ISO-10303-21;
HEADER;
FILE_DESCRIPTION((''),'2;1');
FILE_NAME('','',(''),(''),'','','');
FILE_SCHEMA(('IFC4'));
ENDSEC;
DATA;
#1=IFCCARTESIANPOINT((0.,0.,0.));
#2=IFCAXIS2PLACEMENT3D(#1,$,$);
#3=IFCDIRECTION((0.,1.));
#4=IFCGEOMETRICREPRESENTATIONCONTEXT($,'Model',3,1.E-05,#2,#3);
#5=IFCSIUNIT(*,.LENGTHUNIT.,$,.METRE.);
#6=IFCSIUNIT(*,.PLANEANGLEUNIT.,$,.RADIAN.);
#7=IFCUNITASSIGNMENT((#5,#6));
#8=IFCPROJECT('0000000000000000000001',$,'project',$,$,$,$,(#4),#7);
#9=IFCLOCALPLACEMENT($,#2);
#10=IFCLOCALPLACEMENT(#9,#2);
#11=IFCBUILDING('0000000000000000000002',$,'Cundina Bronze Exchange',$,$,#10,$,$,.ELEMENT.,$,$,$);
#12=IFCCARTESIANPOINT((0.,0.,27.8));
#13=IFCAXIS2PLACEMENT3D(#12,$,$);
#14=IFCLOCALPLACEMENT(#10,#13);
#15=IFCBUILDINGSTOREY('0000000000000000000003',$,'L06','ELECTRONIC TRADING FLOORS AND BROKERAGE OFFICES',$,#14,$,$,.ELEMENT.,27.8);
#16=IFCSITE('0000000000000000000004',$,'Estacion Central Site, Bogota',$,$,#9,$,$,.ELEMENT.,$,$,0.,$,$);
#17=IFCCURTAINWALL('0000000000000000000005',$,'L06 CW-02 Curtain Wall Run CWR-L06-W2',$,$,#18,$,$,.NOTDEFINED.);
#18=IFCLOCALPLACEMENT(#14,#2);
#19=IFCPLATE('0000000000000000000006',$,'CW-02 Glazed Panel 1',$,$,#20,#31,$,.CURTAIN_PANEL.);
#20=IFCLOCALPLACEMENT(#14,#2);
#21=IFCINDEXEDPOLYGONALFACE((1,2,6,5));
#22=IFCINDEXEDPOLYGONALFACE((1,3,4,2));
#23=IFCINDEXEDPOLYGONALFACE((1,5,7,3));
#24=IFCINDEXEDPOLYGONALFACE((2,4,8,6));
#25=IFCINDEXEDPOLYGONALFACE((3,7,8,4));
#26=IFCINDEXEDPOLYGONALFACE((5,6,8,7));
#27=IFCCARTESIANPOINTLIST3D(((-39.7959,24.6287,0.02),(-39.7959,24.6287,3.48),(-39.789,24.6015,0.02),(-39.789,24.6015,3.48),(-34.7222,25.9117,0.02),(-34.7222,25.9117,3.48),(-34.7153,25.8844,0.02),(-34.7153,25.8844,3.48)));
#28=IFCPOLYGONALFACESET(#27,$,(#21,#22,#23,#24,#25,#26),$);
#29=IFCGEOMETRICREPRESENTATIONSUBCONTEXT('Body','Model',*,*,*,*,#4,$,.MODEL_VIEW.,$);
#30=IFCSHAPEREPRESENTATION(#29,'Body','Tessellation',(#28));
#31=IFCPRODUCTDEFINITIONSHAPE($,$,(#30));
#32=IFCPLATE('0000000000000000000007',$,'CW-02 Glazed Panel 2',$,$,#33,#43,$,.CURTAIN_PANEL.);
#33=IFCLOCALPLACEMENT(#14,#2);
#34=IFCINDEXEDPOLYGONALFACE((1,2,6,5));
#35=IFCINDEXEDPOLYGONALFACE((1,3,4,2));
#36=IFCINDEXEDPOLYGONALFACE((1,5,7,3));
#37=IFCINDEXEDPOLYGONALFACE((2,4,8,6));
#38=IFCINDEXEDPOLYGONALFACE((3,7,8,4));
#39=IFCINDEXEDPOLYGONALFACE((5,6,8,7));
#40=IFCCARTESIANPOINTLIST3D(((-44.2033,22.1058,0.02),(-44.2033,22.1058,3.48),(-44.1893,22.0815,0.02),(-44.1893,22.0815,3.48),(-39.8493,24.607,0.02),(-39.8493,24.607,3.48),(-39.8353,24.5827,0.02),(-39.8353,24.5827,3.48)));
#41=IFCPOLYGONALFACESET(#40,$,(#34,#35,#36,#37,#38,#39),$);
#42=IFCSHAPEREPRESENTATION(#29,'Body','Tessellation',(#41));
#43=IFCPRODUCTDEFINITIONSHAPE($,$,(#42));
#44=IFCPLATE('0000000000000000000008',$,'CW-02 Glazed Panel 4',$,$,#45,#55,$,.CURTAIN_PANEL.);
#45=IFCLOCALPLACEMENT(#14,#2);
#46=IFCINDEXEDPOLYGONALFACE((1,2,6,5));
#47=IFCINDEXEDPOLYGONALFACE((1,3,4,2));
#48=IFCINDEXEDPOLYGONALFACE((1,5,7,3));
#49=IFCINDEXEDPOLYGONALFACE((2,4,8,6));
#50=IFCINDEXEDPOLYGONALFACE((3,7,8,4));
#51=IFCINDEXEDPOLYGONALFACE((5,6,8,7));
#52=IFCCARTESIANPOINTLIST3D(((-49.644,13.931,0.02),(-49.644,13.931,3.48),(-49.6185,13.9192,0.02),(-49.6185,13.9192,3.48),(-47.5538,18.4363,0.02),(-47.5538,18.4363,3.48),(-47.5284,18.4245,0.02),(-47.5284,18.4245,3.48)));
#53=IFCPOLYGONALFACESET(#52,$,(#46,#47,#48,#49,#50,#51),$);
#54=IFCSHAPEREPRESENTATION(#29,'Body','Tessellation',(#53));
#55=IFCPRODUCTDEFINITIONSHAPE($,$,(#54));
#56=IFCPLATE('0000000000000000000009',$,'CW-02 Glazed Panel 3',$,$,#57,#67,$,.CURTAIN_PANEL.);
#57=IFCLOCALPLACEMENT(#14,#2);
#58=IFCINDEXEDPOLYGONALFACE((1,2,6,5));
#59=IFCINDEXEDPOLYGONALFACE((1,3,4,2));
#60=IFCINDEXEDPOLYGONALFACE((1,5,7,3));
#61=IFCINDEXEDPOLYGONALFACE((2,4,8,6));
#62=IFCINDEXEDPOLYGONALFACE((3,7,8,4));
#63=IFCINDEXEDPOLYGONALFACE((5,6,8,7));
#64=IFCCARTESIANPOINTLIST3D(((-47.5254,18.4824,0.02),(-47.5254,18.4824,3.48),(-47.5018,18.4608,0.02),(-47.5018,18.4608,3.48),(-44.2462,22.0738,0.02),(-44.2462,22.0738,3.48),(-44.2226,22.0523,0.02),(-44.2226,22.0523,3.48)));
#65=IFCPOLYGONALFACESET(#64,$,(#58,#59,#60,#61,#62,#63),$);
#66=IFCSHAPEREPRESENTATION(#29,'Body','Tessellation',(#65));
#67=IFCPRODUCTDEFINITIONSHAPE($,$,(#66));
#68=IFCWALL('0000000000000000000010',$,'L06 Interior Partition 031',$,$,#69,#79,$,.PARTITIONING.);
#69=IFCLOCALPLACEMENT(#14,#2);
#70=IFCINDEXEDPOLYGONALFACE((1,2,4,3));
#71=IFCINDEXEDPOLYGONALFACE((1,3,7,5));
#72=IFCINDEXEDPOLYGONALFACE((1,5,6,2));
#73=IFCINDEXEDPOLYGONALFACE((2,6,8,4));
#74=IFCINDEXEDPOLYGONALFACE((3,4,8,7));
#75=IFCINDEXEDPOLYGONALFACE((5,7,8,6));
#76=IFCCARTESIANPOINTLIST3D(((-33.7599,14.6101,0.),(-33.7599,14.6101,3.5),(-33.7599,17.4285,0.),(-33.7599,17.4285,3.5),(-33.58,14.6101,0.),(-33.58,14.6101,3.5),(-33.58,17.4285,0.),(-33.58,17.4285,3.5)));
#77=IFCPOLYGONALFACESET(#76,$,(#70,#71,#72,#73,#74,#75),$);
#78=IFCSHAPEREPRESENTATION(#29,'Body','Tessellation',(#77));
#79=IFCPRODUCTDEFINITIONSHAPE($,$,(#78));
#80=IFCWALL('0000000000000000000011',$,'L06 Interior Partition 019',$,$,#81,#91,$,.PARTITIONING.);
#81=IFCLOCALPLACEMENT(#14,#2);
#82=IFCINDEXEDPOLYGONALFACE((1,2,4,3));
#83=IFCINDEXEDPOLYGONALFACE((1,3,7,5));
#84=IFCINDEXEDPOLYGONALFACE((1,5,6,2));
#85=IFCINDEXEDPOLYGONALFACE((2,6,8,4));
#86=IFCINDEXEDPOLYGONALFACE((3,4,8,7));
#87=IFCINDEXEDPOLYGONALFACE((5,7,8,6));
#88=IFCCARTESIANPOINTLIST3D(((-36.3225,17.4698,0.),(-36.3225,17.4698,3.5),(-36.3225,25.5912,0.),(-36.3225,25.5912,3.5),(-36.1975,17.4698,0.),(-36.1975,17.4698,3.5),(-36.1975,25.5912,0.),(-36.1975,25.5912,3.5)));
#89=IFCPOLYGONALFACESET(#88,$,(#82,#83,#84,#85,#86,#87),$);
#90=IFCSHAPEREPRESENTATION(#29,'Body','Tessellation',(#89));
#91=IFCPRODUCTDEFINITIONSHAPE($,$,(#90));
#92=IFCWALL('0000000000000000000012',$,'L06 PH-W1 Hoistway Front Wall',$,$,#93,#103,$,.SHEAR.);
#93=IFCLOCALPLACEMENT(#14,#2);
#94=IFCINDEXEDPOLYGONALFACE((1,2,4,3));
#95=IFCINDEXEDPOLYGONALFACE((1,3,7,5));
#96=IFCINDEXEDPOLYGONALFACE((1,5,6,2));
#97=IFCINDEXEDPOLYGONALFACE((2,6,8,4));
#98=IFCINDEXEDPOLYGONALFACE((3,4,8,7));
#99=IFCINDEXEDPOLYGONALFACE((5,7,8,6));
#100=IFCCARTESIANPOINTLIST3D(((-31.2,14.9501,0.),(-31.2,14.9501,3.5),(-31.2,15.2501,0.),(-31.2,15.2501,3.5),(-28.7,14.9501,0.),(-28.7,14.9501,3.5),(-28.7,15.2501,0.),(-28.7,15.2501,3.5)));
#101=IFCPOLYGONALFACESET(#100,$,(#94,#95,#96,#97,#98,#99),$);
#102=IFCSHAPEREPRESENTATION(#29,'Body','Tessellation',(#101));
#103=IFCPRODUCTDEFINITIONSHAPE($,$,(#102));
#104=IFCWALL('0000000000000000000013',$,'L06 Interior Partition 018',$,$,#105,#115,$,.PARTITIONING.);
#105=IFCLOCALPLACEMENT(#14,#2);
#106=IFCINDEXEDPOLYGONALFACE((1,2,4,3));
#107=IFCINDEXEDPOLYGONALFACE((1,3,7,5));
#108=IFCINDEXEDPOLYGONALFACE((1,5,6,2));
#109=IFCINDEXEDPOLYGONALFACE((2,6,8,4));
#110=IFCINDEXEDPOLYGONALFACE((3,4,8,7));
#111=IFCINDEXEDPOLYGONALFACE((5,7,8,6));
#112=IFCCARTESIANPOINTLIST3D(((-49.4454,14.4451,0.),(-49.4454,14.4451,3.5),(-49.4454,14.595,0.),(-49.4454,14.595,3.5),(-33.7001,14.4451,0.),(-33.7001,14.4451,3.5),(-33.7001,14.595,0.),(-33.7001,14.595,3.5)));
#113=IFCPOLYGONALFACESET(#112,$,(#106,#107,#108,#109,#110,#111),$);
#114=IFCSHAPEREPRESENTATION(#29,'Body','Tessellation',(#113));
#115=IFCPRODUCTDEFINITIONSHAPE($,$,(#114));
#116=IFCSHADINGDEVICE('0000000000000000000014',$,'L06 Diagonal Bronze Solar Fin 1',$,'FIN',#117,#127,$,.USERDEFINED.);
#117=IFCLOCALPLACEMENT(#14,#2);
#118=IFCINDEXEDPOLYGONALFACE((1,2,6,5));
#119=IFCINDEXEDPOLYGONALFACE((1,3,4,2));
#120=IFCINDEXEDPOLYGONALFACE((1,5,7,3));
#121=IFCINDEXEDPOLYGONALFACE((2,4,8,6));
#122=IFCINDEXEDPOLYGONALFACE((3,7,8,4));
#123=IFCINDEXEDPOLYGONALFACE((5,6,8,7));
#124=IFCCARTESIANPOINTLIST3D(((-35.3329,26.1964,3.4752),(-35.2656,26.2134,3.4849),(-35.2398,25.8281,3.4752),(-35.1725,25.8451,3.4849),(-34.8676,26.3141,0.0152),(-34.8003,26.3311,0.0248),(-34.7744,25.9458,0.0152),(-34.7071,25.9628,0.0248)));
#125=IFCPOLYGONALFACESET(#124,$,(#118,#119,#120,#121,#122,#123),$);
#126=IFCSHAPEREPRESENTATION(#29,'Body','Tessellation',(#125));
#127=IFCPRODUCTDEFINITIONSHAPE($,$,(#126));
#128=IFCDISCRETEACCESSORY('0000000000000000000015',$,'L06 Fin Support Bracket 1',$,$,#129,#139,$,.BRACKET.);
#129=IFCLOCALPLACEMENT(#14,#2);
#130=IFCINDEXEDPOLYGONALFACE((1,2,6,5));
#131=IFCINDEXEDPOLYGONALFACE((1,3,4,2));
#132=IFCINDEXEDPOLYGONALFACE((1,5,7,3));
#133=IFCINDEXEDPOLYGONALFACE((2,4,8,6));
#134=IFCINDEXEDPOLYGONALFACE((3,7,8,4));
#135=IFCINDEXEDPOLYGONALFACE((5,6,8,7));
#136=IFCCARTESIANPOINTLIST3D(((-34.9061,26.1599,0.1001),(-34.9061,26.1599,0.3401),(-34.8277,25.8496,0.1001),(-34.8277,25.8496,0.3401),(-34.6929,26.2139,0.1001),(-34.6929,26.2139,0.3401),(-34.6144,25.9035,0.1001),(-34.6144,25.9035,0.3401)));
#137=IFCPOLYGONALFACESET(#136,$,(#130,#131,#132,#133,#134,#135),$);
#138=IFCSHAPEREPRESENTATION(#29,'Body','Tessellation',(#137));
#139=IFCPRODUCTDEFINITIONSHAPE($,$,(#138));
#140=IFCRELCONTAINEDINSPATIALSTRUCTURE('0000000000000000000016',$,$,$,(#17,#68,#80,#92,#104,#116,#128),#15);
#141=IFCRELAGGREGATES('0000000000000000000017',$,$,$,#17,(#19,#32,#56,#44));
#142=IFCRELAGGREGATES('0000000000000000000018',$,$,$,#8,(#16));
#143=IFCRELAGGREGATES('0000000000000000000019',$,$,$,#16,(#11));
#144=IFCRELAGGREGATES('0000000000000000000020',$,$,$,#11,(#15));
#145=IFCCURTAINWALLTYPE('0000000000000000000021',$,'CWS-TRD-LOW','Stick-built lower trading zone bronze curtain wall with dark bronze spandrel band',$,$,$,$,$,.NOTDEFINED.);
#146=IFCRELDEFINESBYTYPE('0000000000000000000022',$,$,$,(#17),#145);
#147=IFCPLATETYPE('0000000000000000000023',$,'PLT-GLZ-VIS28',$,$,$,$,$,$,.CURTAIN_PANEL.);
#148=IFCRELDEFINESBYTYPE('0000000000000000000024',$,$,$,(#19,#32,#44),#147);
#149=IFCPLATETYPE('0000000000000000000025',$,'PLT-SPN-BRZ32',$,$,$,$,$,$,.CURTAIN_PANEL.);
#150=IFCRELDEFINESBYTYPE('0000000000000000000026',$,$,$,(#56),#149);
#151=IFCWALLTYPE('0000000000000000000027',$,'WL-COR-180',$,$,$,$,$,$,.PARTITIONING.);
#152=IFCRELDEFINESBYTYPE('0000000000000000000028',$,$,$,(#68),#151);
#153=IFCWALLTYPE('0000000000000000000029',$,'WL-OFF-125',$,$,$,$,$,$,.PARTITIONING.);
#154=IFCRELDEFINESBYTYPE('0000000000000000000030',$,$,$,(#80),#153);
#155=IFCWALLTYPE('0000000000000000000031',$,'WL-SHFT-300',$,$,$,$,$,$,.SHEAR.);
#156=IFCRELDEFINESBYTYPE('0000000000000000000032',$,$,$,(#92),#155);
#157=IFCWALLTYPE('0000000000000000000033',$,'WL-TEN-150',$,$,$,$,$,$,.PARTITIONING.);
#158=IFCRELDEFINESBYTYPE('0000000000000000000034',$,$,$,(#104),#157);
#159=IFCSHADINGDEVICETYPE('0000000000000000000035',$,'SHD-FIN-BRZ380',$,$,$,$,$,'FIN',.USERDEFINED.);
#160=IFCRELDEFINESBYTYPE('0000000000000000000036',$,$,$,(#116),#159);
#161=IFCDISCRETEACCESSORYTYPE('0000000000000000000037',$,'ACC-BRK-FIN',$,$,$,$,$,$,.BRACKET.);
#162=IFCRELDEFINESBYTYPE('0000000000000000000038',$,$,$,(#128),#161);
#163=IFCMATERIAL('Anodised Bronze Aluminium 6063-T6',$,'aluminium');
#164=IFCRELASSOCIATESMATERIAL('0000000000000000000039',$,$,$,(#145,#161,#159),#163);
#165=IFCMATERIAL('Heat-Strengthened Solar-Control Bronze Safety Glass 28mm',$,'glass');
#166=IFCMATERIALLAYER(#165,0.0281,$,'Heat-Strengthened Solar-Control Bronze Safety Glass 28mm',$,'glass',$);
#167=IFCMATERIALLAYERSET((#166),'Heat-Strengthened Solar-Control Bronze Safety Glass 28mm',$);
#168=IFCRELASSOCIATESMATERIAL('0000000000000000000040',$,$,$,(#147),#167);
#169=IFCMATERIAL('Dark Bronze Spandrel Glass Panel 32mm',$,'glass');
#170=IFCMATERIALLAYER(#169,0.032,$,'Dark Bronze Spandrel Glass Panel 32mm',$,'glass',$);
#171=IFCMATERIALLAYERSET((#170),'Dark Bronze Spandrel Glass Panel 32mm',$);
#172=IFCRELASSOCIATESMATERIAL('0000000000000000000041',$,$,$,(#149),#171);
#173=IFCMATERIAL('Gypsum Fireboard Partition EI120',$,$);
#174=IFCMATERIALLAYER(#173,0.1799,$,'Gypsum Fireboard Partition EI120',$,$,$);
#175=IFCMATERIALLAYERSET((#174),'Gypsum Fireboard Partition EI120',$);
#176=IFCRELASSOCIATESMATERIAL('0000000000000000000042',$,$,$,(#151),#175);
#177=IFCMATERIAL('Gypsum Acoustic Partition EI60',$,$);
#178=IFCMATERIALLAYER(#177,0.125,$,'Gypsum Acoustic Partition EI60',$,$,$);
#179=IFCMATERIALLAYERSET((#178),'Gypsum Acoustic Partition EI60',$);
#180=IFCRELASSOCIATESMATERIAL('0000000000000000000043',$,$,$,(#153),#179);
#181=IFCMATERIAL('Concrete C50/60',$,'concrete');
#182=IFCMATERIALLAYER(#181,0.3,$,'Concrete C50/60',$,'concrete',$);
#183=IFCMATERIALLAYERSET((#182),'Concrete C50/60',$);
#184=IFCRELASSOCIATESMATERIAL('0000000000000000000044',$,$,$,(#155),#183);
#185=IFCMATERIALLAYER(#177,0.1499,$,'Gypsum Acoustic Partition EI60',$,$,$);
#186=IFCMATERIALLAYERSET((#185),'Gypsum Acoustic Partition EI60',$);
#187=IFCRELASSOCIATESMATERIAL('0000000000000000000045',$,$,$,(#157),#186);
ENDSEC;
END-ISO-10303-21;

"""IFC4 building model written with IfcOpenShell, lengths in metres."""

from ifc_helpers import new_model, si_unit, direction, frame, frame_2d, origin, origin_2d, place, context, subcontext, project, spatial, rectangle, extrude, material, layer, layer_set, material_profile, profile_set, type_object, element, aggregate, save


model = new_model("IFC4")

# Units and contexts
model_context = context("Model", 3, precision=1e-05, world=origin(), true_north=direction((0.0, 1.0)))
body_context = subcontext(model_context, "Body", "Model", "MODEL_VIEW")
ifc_project = project(units=[si_unit("LENGTHUNIT", "METRE"), si_unit("PLANEANGLEUNIT", "RADIAN")], contexts=[model_context])

# Site, building, storey
site_placement = place(None, origin())
site = spatial("IfcSite", under=ifc_project, at=site_placement, Name="Estacion Central Site, Bogota", CompositionType="ELEMENT", RefElevation=0.0)
building_placement = place(site_placement, origin())
building = spatial("IfcBuilding", under=site, at=building_placement, Name="Cundina Bronze Exchange", CompositionType="ELEMENT")
storey_placement = place(building_placement, frame((0.0, 0.0, 27.8)))
storey = spatial("IfcBuildingStorey", under=building, at=storey_placement, Name="L06", Description="ELECTRONIC TRADING FLOORS AND BROKERAGE OFFICES", CompositionType="ELEMENT", Elevation=27.8)

# Curtain wall
ifc_material_1 = material(Name="Anodised Bronze Aluminium 6063-T6", Category="aluminium")
curtain_wall_type = type_object("IfcCurtainWallType", Name="CWS-TRD-LOW", Description="Stick-built lower trading zone bronze curtain wall with dark bronze spandrel band", PredefinedType="NOTDEFINED", material=ifc_material_1)
curtain_wall_1_placement = place(storey_placement, origin())
curtain_wall_1 = element("IfcCurtainWall", 1, at=curtain_wall_1_placement, inside=storey, type_object=curtain_wall_type, Name="L06 CW-02 Curtain Wall Run CWR-L06-W2", PredefinedType="NOTDEFINED")

# Plates
ifc_material_2 = material(Name="Heat-Strengthened Solar-Control Bronze Safety Glass 28mm", Category="glass")
ifc_layer_1 = layer(ifc_material_2, 0.0281, Name="Heat-Strengthened Solar-Control Bronze Safety Glass 28mm", Category="glass")
ifc_layer_set_1 = layer_set([ifc_layer_1], Name="Heat-Strengthened Solar-Control Bronze Safety Glass 28mm")
plate_type_1 = type_object("IfcPlateType", Name="PLT-GLZ-VIS28", PredefinedType="CURTAIN_PANEL", material=ifc_layer_set_1)
plate_1_placement = place(storey_placement, frame((-37.2556, 25.2566, 0.02), z_axis=(0.0, 0.0, 1.0), x_axis=(-0.969488, -0.245138, 0.0)))
plate_1 = element("IfcPlate", 2, at=plate_1_placement, type_object=plate_type_1, Name="CW-02 Glazed Panel 1", PredefinedType="CURTAIN_PANEL", context=body_context, shape_type="SweptSolid", body=[
    extrude(rectangle(XDim=5.2334, YDim=0.0281, at=origin_2d()), origin(), (0.0, 0.0, 1.0), 3.46),
])
plate_2_placement = place(storey_placement, frame((-42.0193, 23.3442, 0.02), z_axis=(0.0, 0.0, 1.0), x_axis=(-0.867105, -0.498125, 0.0)))
plate_2 = element("IfcPlate", 3, at=plate_2_placement, type_object=plate_type_1, Name="CW-02 Glazed Panel 2", PredefinedType="CURTAIN_PANEL", context=body_context, shape_type="SweptSolid", body=[
    extrude(rectangle(XDim=5.0212, YDim=0.0281, at=origin_2d()), origin(), (0.0, 0.0, 1.0), 3.46),
])
plate_3_placement = place(storey_placement, frame((-48.5862, 16.1777, 0.02), z_axis=(0.0, 0.0, 1.0), x_axis=(-0.420846, -0.907132, 0.0)))
plate_3 = element("IfcPlate", 4, at=plate_3_placement, type_object=plate_type_1, Name="CW-02 Glazed Panel 4", PredefinedType="CURTAIN_PANEL", context=body_context, shape_type="SweptSolid", body=[
    extrude(rectangle(XDim=4.9666, YDim=0.0281, at=origin_2d()), origin(), (0.0, 0.0, 1.0), 3.46),
])
ifc_material_3 = material(Name="Dark Bronze Spandrel Glass Panel 32mm", Category="glass")
ifc_layer_2 = layer(ifc_material_3, 0.032, Name="Dark Bronze Spandrel Glass Panel 32mm", Category="glass")
ifc_layer_set_2 = layer_set([ifc_layer_2], Name="Dark Bronze Spandrel Glass Panel 32mm")
plate_type_2 = type_object("IfcPlateType", Name="PLT-SPN-BRZ32", PredefinedType="CURTAIN_PANEL", material=ifc_layer_set_2)
plate_4_placement = place(storey_placement, frame((-45.874, 20.2673, 0.02), z_axis=(0.0, 0.0, 1.0), x_axis=(-0.674277, -0.738479, 0.0)))
plate_4 = element("IfcPlate", 5, at=plate_4_placement, type_object=plate_type_2, Name="CW-02 Glazed Panel 3", PredefinedType="CURTAIN_PANEL", context=body_context, shape_type="SweptSolid", body=[
    extrude(rectangle(XDim=4.8633, YDim=0.032, at=origin_2d()), origin(), (0.0, 0.0, 1.0), 3.46),
])
aggregate(curtain_wall_1, [plate_1, plate_2, plate_4, plate_3])

# Walls
ifc_material_4 = material(Name="Gypsum Fireboard Partition EI120")
ifc_layer_3 = layer(ifc_material_4, 0.1799, Name="Gypsum Fireboard Partition EI120")
ifc_layer_set_3 = layer_set([ifc_layer_3], Name="Gypsum Fireboard Partition EI120")
wall_type_1 = type_object("IfcWallType", Name="WL-COR-180", PredefinedType="PARTITIONING", material=ifc_layer_set_3)
wall_1_placement = place(storey_placement, frame((-33.6699, 17.4285, 0.0), z_axis=(0.0, 0.0, 1.0), x_axis=(0.0, -1.0, 0.0)))
element("IfcWall", 6, at=wall_1_placement, inside=storey, type_object=wall_type_1, Name="L06 Interior Partition 031", PredefinedType="PARTITIONING", context=body_context, shape_type="SweptSolid", body=[
    extrude(rectangle(XDim=2.8184, YDim=0.1799, at=frame_2d((1.4092, 0.0))), origin(), (0.0, 0.0, 1.0), 3.5),
])
ifc_material_5 = material(Name="Gypsum Acoustic Partition EI60")
ifc_layer_4 = layer(ifc_material_5, 0.125, Name="Gypsum Acoustic Partition EI60")
ifc_layer_set_4 = layer_set([ifc_layer_4], Name="Gypsum Acoustic Partition EI60")
wall_type_2 = type_object("IfcWallType", Name="WL-OFF-125", PredefinedType="PARTITIONING", material=ifc_layer_set_4)
wall_2_placement = place(storey_placement, frame((-36.26, 17.47, 0.0), z_axis=(0.0, 0.0, 1.0), x_axis=(0.0, 1.0, 0.0)))
element("IfcWall", 7, at=wall_2_placement, inside=storey, type_object=wall_type_2, Name="L06 Interior Partition 019", PredefinedType="PARTITIONING", context=body_context, shape_type="SweptSolid", body=[
    extrude(rectangle(XDim=8.1213, YDim=0.125, at=frame_2d((4.0605, 0.0))), origin(), (0.0, 0.0, 1.0), 3.5),
])
ifc_material_6 = material(Name="Concrete C50/60", Category="concrete")
ifc_layer_5 = layer(ifc_material_6, 0.3, Name="Concrete C50/60", Category="concrete")
ifc_layer_set_5 = layer_set([ifc_layer_5], Name="Concrete C50/60")
wall_type_3 = type_object("IfcWallType", Name="WL-SHFT-300", PredefinedType="SHEAR", material=ifc_layer_set_5)
wall_3_placement = place(storey_placement, frame((-31.2, 15.1001, 0.0), z_axis=(0.0, 0.0, 1.0), x_axis=(1.0, 0.0, 0.0)))
element("IfcWall", 8, at=wall_3_placement, inside=storey, type_object=wall_type_3, Name="L06 PH-W1 Hoistway Front Wall", PredefinedType="SHEAR", context=body_context, shape_type="SweptSolid", body=[
    extrude(rectangle(XDim=2.5, YDim=0.3, at=frame_2d((1.25, 0.0))), origin(), (0.0, 0.0, 1.0), 3.5),
])
ifc_layer_6 = layer(ifc_material_5, 0.1499, Name="Gypsum Acoustic Partition EI60")
ifc_layer_set_6 = layer_set([ifc_layer_6], Name="Gypsum Acoustic Partition EI60")
wall_type_4 = type_object("IfcWallType", Name="WL-TEN-150", PredefinedType="PARTITIONING", material=ifc_layer_set_6)
wall_4_placement = place(storey_placement, frame((-49.4453, 14.52, 0.0), z_axis=(0.0, 0.0, 1.0), x_axis=(1.0, 0.0, 0.0)))
element("IfcWall", 9, at=wall_4_placement, inside=storey, type_object=wall_type_4, Name="L06 Interior Partition 018", PredefinedType="PARTITIONING", context=body_context, shape_type="SweptSolid", body=[
    extrude(rectangle(XDim=15.7454, YDim=0.1499, at=frame_2d((7.8726, 0.0))), origin(), (0.0, 0.0, 1.0), 3.5),
])

# Shading device
ifc_material_profile_1 = material_profile(ifc_material_1, rectangle(XDim=0.0701, YDim=0.3799, at=origin_2d()), Name="FIN70X380", Category="aluminium")
ifc_profile_set_1 = profile_set([ifc_material_profile_1], Name="Anodised Bronze Aluminium 6063-T6")
shading_device_type = type_object("IfcShadingDeviceType", Name="SHD-FIN-BRZ380", ElementType="FIN", PredefinedType="USERDEFINED", material=ifc_profile_set_1)
shading_device_placement = place(storey_placement, frame((-34.7874, 26.1384, 0.02), z_axis=(-0.133215, -0.033688, 0.990514), x_axis=(0.960285, 0.242842, 0.137408)))
element("IfcShadingDevice", 10, at=shading_device_placement, inside=storey, type_object=shading_device_type, Name="L06 Diagonal Bronze Solar Fin 1", ObjectType="FIN", PredefinedType="USERDEFINED", context=body_context, shape_type="SweptSolid", body=[
    extrude(rectangle(XDim=0.0701, YDim=0.3799, at=origin_2d()), origin(), (0.0, 0.0, 1.0), 3.4932),
])

# Discrete accessory
discrete_accessory_type = type_object("IfcDiscreteAccessoryType", Name="ACC-BRK-FIN", PredefinedType="BRACKET", material=ifc_material_1)
discrete_accessory_placement = place(storey_placement, frame((-34.7603, 26.0317, 0.1001), z_axis=(0.0, 0.0, 1.0), x_axis=(-0.969488, -0.245138, 0.0)))
element("IfcDiscreteAccessory", 11, at=discrete_accessory_placement, inside=storey, type_object=discrete_accessory_type, Name="L06 Fin Support Bracket 1", PredefinedType="BRACKET", context=body_context, shape_type="SweptSolid", body=[
    extrude(rectangle(XDim=0.22, YDim=0.3201, at=origin_2d()), origin(), (0.0, 0.0, 1.0), 0.24),
])

save(model, "model.ifc")
